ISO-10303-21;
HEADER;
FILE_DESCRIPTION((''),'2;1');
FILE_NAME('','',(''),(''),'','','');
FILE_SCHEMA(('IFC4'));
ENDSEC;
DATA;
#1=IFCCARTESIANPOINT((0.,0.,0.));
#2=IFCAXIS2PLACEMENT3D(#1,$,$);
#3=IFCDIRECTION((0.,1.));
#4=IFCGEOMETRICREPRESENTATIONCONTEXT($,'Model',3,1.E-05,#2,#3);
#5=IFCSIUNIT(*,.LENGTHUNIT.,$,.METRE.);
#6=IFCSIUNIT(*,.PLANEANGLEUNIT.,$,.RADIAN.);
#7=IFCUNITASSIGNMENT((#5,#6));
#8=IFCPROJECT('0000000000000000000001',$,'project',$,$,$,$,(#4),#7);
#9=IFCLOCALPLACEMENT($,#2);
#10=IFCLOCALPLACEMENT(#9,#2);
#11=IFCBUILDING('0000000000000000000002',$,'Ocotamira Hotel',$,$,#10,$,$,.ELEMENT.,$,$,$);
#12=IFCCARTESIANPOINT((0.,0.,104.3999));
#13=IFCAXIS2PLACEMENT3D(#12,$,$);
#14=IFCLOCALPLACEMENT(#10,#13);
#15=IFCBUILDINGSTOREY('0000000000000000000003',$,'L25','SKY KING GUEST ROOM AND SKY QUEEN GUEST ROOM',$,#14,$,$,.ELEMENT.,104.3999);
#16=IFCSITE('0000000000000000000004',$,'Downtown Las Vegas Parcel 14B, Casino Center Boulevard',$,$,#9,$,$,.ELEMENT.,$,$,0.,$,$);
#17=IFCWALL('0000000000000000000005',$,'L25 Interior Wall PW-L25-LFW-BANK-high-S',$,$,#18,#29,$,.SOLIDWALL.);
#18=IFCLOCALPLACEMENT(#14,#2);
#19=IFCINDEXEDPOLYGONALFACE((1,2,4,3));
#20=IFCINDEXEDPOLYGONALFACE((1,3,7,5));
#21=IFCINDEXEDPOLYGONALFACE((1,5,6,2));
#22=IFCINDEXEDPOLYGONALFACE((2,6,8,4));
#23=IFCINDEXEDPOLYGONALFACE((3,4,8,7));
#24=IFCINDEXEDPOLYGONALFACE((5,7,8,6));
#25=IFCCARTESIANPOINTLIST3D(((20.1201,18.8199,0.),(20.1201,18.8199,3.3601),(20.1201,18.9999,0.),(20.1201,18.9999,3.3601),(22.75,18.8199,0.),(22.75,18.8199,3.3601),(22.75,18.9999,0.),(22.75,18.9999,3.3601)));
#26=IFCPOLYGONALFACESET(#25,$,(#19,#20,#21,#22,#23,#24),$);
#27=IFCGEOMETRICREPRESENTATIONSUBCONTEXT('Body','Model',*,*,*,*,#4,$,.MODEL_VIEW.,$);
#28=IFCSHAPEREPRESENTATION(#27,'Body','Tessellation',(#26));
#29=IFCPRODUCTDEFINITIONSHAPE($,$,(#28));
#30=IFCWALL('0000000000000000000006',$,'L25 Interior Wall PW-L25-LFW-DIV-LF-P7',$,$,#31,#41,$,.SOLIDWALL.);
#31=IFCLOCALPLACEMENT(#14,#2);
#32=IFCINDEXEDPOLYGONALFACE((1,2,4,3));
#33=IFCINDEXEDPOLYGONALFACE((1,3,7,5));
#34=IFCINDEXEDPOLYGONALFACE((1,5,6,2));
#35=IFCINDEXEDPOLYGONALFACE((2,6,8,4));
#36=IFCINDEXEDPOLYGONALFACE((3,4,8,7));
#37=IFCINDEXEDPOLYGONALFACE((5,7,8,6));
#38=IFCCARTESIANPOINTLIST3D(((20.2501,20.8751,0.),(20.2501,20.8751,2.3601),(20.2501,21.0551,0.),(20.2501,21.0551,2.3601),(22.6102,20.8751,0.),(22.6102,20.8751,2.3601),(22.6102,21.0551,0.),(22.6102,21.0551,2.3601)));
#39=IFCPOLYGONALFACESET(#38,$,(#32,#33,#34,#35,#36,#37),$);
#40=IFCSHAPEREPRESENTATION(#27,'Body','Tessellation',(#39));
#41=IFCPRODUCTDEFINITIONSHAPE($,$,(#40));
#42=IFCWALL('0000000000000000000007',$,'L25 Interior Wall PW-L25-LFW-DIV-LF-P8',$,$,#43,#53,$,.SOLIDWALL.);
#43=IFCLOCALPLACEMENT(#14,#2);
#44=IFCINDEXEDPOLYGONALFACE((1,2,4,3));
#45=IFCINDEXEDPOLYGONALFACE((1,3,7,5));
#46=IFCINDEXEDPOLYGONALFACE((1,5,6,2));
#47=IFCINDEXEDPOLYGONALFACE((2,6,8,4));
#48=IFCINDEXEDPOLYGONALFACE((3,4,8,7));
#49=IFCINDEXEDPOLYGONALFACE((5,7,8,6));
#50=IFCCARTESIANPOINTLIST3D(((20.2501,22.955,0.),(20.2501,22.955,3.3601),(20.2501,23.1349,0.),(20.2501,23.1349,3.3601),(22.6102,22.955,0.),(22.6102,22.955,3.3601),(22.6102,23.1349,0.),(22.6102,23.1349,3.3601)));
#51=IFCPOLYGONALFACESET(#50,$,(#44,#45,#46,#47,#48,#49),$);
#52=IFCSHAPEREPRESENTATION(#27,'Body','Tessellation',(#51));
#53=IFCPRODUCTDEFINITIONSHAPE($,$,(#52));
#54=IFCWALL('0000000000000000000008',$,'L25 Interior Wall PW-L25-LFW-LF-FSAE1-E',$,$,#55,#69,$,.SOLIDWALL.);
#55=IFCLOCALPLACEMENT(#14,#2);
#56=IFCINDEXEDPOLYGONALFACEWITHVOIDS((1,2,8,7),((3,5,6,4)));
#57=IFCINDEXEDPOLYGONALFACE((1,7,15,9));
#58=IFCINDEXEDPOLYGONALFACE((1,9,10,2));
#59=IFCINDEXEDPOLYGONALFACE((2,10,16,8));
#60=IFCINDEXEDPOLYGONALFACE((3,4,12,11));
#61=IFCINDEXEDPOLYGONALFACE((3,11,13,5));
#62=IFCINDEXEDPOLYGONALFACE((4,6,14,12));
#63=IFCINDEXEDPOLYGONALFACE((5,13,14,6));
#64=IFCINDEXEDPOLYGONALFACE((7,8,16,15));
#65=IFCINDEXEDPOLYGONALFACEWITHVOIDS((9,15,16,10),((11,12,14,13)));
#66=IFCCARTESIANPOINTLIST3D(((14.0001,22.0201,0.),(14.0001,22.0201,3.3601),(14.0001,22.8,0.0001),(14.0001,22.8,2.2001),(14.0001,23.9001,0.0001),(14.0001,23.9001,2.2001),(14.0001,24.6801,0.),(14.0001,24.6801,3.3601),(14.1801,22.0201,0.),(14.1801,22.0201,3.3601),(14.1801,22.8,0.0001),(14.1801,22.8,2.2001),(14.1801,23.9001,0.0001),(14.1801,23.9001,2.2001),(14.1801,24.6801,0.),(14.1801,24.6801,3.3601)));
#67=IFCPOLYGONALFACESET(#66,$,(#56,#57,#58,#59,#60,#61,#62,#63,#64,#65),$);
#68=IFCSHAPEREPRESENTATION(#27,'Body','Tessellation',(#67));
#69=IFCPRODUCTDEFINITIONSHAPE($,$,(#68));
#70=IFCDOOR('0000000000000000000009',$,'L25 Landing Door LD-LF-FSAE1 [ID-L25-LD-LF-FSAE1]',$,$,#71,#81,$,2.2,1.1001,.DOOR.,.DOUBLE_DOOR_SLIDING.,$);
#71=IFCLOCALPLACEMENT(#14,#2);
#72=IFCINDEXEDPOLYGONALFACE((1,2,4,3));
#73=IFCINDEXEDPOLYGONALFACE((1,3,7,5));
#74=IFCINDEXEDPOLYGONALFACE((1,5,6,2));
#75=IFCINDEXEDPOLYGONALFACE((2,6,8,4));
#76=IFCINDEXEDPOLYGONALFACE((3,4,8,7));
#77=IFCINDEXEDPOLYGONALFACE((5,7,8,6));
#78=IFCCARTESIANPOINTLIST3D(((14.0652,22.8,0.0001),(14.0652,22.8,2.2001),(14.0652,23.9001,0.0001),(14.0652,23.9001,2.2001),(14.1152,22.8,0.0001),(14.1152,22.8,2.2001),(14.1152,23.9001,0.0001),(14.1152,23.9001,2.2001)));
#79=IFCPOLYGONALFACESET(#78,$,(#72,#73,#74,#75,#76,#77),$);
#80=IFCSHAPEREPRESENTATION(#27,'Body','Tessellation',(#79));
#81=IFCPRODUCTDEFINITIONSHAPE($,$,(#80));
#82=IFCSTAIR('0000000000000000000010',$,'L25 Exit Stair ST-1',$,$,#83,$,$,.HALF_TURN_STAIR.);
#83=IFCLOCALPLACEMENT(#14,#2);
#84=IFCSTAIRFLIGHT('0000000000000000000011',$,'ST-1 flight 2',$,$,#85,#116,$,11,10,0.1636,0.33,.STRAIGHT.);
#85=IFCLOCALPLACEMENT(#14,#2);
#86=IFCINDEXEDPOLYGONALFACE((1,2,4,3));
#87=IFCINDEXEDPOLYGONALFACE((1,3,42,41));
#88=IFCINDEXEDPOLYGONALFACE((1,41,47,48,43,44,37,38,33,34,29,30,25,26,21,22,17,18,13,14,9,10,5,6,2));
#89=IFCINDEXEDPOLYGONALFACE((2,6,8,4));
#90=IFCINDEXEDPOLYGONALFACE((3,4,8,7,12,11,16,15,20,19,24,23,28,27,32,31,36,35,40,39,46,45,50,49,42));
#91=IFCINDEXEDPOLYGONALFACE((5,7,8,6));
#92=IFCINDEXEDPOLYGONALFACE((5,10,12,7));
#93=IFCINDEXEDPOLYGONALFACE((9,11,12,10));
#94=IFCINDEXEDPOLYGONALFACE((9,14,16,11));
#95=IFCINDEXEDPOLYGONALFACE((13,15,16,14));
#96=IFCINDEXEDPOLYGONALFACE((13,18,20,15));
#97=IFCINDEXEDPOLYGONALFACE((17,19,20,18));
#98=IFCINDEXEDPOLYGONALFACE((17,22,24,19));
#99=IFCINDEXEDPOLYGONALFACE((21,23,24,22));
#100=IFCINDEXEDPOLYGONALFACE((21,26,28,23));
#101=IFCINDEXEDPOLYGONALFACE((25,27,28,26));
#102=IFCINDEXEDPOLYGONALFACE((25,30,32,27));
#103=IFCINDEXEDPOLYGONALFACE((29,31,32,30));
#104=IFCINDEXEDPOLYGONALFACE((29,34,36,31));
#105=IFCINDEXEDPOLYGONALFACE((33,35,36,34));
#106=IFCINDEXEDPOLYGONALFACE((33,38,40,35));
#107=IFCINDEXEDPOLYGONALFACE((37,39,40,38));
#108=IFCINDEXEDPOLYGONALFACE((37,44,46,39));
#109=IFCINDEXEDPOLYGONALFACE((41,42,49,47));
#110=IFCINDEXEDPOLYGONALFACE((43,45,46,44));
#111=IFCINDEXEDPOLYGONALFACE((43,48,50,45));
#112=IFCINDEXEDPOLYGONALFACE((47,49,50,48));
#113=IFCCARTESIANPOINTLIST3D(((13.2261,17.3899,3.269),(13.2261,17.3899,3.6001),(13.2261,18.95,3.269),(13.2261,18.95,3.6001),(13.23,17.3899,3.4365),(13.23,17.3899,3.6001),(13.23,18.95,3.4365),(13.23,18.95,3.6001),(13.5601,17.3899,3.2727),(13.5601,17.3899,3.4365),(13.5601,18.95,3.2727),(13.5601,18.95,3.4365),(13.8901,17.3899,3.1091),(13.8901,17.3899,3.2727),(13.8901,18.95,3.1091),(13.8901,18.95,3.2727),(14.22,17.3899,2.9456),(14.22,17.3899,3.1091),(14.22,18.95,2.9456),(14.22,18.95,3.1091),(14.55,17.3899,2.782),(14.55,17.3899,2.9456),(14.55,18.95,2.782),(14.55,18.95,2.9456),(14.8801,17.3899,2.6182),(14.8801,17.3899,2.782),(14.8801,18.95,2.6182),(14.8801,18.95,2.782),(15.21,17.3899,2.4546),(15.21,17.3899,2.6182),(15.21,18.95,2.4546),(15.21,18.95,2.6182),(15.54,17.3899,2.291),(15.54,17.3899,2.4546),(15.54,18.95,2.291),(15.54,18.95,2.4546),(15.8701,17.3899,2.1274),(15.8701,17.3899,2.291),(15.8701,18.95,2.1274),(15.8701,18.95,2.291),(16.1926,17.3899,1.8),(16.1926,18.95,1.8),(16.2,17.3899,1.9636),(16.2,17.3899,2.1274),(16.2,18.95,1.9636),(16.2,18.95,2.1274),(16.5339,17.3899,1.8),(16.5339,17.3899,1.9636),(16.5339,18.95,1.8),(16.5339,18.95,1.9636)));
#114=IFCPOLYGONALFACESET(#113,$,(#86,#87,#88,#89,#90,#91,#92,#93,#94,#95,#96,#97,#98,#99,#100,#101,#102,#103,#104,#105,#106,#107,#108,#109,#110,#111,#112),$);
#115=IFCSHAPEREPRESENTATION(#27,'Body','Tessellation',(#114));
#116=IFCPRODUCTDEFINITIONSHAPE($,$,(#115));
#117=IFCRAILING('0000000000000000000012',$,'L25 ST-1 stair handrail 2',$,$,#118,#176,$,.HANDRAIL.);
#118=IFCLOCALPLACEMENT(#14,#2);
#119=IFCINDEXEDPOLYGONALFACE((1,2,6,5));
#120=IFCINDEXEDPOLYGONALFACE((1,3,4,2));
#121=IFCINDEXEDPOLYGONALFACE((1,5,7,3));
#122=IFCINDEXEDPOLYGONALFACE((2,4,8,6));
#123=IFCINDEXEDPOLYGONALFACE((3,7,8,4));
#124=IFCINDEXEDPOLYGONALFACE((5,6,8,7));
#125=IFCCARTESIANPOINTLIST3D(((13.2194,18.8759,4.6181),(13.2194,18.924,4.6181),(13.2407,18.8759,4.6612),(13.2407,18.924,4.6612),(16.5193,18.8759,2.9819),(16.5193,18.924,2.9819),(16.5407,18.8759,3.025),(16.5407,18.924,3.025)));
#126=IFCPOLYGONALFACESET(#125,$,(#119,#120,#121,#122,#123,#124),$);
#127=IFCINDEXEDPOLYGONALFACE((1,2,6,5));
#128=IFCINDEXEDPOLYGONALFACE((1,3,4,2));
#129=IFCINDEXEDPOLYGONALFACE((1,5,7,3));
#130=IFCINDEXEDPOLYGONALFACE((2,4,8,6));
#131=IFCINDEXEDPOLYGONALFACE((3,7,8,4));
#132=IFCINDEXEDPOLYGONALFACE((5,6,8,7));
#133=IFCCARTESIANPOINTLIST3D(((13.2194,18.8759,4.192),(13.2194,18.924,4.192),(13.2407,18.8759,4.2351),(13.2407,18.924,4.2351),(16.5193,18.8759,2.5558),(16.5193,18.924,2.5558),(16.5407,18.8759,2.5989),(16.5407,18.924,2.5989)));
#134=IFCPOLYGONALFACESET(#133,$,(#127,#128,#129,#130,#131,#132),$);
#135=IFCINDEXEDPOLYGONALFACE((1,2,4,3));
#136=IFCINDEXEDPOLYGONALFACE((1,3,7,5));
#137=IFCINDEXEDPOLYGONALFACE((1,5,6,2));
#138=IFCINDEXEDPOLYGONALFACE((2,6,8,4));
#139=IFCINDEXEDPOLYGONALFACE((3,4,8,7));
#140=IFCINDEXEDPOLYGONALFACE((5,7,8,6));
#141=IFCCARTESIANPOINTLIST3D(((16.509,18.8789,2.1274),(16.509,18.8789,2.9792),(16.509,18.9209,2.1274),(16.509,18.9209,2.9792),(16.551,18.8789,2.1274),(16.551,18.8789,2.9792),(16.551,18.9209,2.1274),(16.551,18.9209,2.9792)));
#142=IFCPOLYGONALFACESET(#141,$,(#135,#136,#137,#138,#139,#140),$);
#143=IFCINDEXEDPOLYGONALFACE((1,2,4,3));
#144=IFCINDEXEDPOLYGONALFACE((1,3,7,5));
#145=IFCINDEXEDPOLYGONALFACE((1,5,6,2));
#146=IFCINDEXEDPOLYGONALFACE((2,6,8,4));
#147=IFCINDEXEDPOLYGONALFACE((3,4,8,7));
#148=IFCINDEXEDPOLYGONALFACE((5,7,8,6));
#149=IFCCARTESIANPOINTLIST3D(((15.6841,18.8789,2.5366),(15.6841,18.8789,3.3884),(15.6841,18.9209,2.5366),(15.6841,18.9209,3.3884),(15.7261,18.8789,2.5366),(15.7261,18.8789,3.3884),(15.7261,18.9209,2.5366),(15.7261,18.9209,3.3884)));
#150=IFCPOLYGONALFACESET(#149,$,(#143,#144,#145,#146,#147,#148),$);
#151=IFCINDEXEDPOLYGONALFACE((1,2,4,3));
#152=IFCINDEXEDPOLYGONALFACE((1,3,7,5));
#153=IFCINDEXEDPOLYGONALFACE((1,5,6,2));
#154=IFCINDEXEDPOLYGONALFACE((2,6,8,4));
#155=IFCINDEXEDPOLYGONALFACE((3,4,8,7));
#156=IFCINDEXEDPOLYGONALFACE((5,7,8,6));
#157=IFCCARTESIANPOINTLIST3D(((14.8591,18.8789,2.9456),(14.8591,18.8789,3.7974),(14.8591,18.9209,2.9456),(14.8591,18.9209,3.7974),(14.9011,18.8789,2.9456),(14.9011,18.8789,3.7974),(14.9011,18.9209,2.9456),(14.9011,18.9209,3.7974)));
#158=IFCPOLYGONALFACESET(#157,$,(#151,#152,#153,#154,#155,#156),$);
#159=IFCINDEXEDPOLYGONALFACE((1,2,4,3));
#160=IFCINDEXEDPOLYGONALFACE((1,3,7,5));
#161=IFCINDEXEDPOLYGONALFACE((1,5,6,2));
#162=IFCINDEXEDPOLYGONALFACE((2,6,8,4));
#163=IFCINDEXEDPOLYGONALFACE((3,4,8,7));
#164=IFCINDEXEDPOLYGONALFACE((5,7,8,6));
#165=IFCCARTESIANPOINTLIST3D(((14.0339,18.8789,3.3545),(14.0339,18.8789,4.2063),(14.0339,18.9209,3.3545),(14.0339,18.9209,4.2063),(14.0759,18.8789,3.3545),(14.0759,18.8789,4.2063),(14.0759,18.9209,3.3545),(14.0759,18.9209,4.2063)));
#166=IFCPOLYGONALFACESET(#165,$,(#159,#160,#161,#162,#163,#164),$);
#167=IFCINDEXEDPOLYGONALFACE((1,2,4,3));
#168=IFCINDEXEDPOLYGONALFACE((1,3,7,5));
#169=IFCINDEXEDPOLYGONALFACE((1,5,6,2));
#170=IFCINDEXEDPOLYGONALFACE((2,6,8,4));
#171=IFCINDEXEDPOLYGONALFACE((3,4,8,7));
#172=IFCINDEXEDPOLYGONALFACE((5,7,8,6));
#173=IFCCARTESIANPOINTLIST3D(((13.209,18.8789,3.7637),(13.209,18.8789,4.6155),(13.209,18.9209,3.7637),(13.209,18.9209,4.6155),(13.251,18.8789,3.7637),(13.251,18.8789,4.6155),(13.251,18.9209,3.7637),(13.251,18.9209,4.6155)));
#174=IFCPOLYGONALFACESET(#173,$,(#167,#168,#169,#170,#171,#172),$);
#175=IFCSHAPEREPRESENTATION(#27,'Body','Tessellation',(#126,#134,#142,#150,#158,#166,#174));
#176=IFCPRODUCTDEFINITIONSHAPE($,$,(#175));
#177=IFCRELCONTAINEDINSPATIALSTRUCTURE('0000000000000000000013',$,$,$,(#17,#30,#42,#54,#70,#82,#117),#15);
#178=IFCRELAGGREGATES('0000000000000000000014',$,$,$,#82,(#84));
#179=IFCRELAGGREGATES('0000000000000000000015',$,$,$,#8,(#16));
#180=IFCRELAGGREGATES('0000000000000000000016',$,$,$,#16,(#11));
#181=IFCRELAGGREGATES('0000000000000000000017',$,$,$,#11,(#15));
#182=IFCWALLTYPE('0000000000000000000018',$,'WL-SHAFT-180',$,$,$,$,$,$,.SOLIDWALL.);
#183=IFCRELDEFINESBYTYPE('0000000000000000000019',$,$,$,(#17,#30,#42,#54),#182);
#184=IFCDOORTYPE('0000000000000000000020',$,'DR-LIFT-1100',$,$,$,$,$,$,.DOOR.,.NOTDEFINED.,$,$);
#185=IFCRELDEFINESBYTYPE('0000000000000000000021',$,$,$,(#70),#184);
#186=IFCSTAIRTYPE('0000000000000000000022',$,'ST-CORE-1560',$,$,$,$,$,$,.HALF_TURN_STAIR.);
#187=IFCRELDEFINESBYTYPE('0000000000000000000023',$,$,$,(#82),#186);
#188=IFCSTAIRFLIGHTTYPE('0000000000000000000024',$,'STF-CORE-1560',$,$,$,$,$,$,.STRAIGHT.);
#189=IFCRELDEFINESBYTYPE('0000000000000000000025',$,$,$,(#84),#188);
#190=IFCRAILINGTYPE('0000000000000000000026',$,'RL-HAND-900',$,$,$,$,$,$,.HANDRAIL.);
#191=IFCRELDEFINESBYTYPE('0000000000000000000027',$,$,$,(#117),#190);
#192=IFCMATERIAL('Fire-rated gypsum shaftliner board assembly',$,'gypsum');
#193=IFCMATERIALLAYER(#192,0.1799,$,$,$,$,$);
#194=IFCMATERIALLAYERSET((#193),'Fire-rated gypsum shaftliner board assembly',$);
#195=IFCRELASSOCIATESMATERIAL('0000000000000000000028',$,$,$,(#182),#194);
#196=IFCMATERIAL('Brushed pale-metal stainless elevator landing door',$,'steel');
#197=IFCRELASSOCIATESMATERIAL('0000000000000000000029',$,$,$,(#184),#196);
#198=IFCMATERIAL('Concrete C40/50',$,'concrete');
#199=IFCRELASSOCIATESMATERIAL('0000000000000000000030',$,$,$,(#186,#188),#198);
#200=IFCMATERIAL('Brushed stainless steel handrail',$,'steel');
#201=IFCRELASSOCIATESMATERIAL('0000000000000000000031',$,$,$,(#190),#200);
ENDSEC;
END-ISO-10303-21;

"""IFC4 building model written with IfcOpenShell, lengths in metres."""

from ifc_helpers import new_model, si_unit, direction, frame, frame_2d, origin, origin_2d, place, context, subcontext, project, spatial, polyline, rectangle, outline, extrude, source, transform, mapped, material, layer, layer_set, type_object, element, fill, aggregate, save


model = new_model("IFC4")

# Units and contexts
model_context = context("Model", 3, precision=1e-05, world=origin(), true_north=direction((0.0, 1.0)))
body_context = subcontext(model_context, "Body", "Model", "MODEL_VIEW")
ifc_project = project(units=[si_unit("LENGTHUNIT", "METRE"), si_unit("PLANEANGLEUNIT", "RADIAN")], contexts=[model_context])

# Site, building, storey
site_placement = place(None, origin())
site = spatial("IfcSite", under=ifc_project, at=site_placement, Name="Downtown Las Vegas Parcel 14B, Casino Center Boulevard", CompositionType="ELEMENT", RefElevation=0.0)
building_placement = place(site_placement, origin())
building = spatial("IfcBuilding", under=site, at=building_placement, Name="Ocotamira Hotel", CompositionType="ELEMENT")
storey_placement = place(building_placement, frame((0.0, 0.0, 104.3999)))
storey = spatial("IfcBuildingStorey", under=building, at=storey_placement, Name="L25", Description="SKY KING GUEST ROOM AND SKY QUEEN GUEST ROOM", CompositionType="ELEMENT", Elevation=104.3999)

# Walls
ifc_material_1 = material(Name="Fire-rated gypsum shaftliner board assembly", Category="gypsum")
ifc_layer_1 = layer(ifc_material_1, 0.1799)
ifc_layer_set_1 = layer_set([ifc_layer_1], Name="Fire-rated gypsum shaftliner board assembly")
wall_type_1 = type_object("IfcWallType", Name="WL-SHAFT-180", PredefinedType="SOLIDWALL", material=ifc_layer_set_1)
wall_1_placement = place(storey_placement, frame((20.1201, 18.9099, 0.0), z_axis=(0.0, 0.0, 1.0), x_axis=(1.0, 0.0, 0.0)))
element("IfcWall", 1, at=wall_1_placement, inside=storey, type_object=wall_type_1, Name="L25 Interior Wall PW-L25-LFW-BANK-high-S", PredefinedType="SOLIDWALL", context=body_context, shape_type="SweptSolid", body=[
    extrude(rectangle(XDim=2.6299, YDim=0.1799, at=frame_2d((1.3149, 0.0))), origin(), (0.0, 0.0, 1.0), 3.3601),
])
wall_2_placement = place(storey_placement, frame((20.25, 20.9651, 0.0), z_axis=(0.0, 0.0, 1.0), x_axis=(1.0, 0.0, 0.0)))
element("IfcWall", 2, at=wall_2_placement, inside=storey, type_object=wall_type_1, Name="L25 Interior Wall PW-L25-LFW-DIV-LF-P7", PredefinedType="SOLIDWALL", context=body_context, shape_type="SweptSolid", body=[
    extrude(rectangle(XDim=2.3601, YDim=0.1799, at=frame_2d((1.1802, 0.0))), origin(), (0.0, 0.0, 1.0), 2.3601),
])
wall_3_placement = place(storey_placement, frame((20.25, 23.0449, 0.0), z_axis=(0.0, 0.0, 1.0), x_axis=(1.0, 0.0, 0.0)))
element("IfcWall", 3, at=wall_3_placement, inside=storey, type_object=wall_type_1, Name="L25 Interior Wall PW-L25-LFW-DIV-LF-P8", PredefinedType="SOLIDWALL", context=body_context, shape_type="SweptSolid", body=[
    extrude(rectangle(XDim=2.3601, YDim=0.1799, at=frame_2d((1.1802, 0.0))), origin(), (0.0, 0.0, 1.0), 3.3601),
])

# Wall, opening, door
wall_4_placement = place(storey_placement, frame((14.0901, 22.02, 0.0), z_axis=(0.0, 0.0, 1.0), x_axis=(0.0, 1.0, 0.0)))
wall_4 = element("IfcWall", 4, at=wall_4_placement, inside=storey, type_object=wall_type_1, Name="L25 Interior Wall PW-L25-LFW-LF-FSAE1-E", PredefinedType="SOLIDWALL", context=body_context, shape_type="SweptSolid", body=[
    extrude(rectangle(XDim=2.6599, YDim=0.1799, at=frame_2d((1.3301, 0.0))), origin(), (0.0, 0.0, 1.0), 3.3601),
])
opening_1_placement = place(wall_4_placement, frame((0.78, 0.0, 0.0)))
opening_1 = element("IfcOpeningElement", 5, at=opening_1_placement, cuts=wall_4, PredefinedType="OPENING", context=body_context, shape_type="SweptSolid", body=[
    extrude(rectangle(XDim=1.1001, YDim=2.2, at=frame_2d((0.55, 1.1001))), frame((0.0, 0.1001, 0.0), z_axis=(0.0, -1.0, 0.0), x_axis=(1.0, 0.0, 0.0)), (0.0, 0.0, 1.0), 0.2),
])
ifc_material_2 = material(Name="Brushed pale-metal stainless elevator landing door", Category="steel")
door_type_1 = type_object("IfcDoorType", Name="DR-LIFT-1100", OperationType="NOTDEFINED", PredefinedType="DOOR", material=ifc_material_2)
shared_shape_1 = source(origin(), body_context, "Body", "SweptSolid", [
    extrude(rectangle(XDim=1.1001, YDim=2.2, at=frame_2d((0.55, 1.1001))), frame((0.0, 0.0249, 0.0), z_axis=(0.0, -1.0, 0.0), x_axis=(1.0, 0.0, 0.0)), (0.0, 0.0, 1.0), 0.05),
])
door_1_placement = place(opening_1_placement, origin())
door_1 = element("IfcDoor", 6, at=door_1_placement, inside=storey, type_object=door_type_1, Name="L25 Landing Door LD-LF-FSAE1 [ID-L25-LD-LF-FSAE1]", OperationType="DOUBLE_DOOR_SLIDING", OverallHeight=2.2, OverallWidth=1.1001, PredefinedType="DOOR", context=body_context, shape_type="MappedRepresentation", body=[
    mapped(shared_shape_1, transform((0.0, 0.0, 0.0), scale=1.0)),
])
fill(opening_1, door_1)

# Stair, stair flight
ifc_material_3 = material(Name="Concrete C40/50", Category="concrete")
stair_type = type_object("IfcStairType", Name="ST-CORE-1560", PredefinedType="HALF_TURN_STAIR", material=ifc_material_3)
stair_placement = place(storey_placement, origin())
stair = element("IfcStair", 7, at=stair_placement, inside=storey, type_object=stair_type, Name="L25 Exit Stair ST-1", PredefinedType="HALF_TURN_STAIR")
stair_flight_type = type_object("IfcStairFlightType", Name="STF-CORE-1560", PredefinedType="STRAIGHT", material=ifc_material_3)
shared_shape_2 = source(origin(), body_context, "Body", "SweptSolid", [
    extrude(outline(polyline([(-0.0039, 0.0), (-0.0039, 0.1636), (0.3301, 0.1636), (0.3301, 0.3274), (0.6599, 0.3274), (0.6599, 0.491), (0.99, 0.491), (0.99, 0.6545), (1.3201, 0.6545), (1.3201, 0.8181), (1.6499, 0.8181), (1.6499, 0.9819), (1.98, 0.9819), (1.98, 1.1455), (2.3101, 1.1455), (2.3101, 1.3091), (2.6399, 1.3091), (2.6399, 1.4727), (2.97, 1.4727), (2.97, 1.6365), (3.3, 1.6365), (3.3, 1.8), (3.304, 1.8), (3.304, 1.469), (0.3374, 0.0), (-0.0039, 0.0)])), frame((0.0, 0.78, 0.0), z_axis=(0.0, -1.0, 0.0), x_axis=(1.0, 0.0, 0.0)), (0.0, 0.0, 1.0), 1.5601),
])
stair_flight_placement = place(storey_placement, frame((16.53, 18.1699, 1.8), z_axis=(0.0, 0.0, 1.0), x_axis=(-1.0, 0.0, 0.0)))
stair_flight = element("IfcStairFlight", 8, at=stair_flight_placement, type_object=stair_flight_type, Name="ST-1 flight 2", NumberOfRisers=11, NumberOfTreads=10, PredefinedType="STRAIGHT", RiserHeight=0.1636, TreadLength=0.33, context=body_context, shape_type="MappedRepresentation", body=[
    mapped(shared_shape_2, transform((0.0, 0.0, 0.0), scale=1.0)),
])
aggregate(stair, [stair_flight])

# Railing
ifc_material_4 = material(Name="Brushed stainless steel handrail", Category="steel")
railing_type_1 = type_object("IfcRailingType", Name="RL-HAND-900", PredefinedType="HANDRAIL", material=ifc_material_4)
railing_1_placement = place(storey_placement, frame((16.53, 18.8999, 2.1274)))
element("IfcRailing", 9, at=railing_1_placement, inside=storey, type_object=railing_type_1, Name="L25 ST-1 stair handrail 2", PredefinedType="HANDRAIL", context=body_context, shape_type="SweptSolid", body=[
    extrude(rectangle(XDim=0.0481, YDim=0.0481, at=origin_2d()), frame((0.0, 0.0, 0.876), z_axis=(-0.89592, 0.0, 0.444215), x_axis=(0.0, -1.0, 0.0)), (0.0, 0.0, 1.0), 3.6833),
    extrude(rectangle(XDim=0.0481, YDim=0.0481, at=origin_2d()), frame((0.0, 0.0, 0.45), z_axis=(-0.89592, 0.0, 0.444215), x_axis=(0.0, -1.0, 0.0)), (0.0, 0.0, 1.0), 3.6833),
    extrude(rectangle(XDim=0.042, YDim=0.042, at=origin_2d()), origin(), (0.0, 0.0, 1.0), 0.8518),
    extrude(rectangle(XDim=0.042, YDim=0.042, at=origin_2d()), frame((-0.825, 0.0, 0.4092)), (0.0, 0.0, 1.0), 0.8518),
    extrude(rectangle(XDim=0.042, YDim=0.042, at=origin_2d()), frame((-1.6499, 0.0, 0.8181)), (0.0, 0.0, 1.0), 0.8518),
    extrude(rectangle(XDim=0.042, YDim=0.042, at=origin_2d()), frame((-2.4751, 0.0, 1.2271)), (0.0, 0.0, 1.0), 0.8518),
    extrude(rectangle(XDim=0.042, YDim=0.042, at=origin_2d()), frame((-3.3, 0.0, 1.6362)), (0.0, 0.0, 1.0), 0.8518),
])

save(model, "model.ifc")
